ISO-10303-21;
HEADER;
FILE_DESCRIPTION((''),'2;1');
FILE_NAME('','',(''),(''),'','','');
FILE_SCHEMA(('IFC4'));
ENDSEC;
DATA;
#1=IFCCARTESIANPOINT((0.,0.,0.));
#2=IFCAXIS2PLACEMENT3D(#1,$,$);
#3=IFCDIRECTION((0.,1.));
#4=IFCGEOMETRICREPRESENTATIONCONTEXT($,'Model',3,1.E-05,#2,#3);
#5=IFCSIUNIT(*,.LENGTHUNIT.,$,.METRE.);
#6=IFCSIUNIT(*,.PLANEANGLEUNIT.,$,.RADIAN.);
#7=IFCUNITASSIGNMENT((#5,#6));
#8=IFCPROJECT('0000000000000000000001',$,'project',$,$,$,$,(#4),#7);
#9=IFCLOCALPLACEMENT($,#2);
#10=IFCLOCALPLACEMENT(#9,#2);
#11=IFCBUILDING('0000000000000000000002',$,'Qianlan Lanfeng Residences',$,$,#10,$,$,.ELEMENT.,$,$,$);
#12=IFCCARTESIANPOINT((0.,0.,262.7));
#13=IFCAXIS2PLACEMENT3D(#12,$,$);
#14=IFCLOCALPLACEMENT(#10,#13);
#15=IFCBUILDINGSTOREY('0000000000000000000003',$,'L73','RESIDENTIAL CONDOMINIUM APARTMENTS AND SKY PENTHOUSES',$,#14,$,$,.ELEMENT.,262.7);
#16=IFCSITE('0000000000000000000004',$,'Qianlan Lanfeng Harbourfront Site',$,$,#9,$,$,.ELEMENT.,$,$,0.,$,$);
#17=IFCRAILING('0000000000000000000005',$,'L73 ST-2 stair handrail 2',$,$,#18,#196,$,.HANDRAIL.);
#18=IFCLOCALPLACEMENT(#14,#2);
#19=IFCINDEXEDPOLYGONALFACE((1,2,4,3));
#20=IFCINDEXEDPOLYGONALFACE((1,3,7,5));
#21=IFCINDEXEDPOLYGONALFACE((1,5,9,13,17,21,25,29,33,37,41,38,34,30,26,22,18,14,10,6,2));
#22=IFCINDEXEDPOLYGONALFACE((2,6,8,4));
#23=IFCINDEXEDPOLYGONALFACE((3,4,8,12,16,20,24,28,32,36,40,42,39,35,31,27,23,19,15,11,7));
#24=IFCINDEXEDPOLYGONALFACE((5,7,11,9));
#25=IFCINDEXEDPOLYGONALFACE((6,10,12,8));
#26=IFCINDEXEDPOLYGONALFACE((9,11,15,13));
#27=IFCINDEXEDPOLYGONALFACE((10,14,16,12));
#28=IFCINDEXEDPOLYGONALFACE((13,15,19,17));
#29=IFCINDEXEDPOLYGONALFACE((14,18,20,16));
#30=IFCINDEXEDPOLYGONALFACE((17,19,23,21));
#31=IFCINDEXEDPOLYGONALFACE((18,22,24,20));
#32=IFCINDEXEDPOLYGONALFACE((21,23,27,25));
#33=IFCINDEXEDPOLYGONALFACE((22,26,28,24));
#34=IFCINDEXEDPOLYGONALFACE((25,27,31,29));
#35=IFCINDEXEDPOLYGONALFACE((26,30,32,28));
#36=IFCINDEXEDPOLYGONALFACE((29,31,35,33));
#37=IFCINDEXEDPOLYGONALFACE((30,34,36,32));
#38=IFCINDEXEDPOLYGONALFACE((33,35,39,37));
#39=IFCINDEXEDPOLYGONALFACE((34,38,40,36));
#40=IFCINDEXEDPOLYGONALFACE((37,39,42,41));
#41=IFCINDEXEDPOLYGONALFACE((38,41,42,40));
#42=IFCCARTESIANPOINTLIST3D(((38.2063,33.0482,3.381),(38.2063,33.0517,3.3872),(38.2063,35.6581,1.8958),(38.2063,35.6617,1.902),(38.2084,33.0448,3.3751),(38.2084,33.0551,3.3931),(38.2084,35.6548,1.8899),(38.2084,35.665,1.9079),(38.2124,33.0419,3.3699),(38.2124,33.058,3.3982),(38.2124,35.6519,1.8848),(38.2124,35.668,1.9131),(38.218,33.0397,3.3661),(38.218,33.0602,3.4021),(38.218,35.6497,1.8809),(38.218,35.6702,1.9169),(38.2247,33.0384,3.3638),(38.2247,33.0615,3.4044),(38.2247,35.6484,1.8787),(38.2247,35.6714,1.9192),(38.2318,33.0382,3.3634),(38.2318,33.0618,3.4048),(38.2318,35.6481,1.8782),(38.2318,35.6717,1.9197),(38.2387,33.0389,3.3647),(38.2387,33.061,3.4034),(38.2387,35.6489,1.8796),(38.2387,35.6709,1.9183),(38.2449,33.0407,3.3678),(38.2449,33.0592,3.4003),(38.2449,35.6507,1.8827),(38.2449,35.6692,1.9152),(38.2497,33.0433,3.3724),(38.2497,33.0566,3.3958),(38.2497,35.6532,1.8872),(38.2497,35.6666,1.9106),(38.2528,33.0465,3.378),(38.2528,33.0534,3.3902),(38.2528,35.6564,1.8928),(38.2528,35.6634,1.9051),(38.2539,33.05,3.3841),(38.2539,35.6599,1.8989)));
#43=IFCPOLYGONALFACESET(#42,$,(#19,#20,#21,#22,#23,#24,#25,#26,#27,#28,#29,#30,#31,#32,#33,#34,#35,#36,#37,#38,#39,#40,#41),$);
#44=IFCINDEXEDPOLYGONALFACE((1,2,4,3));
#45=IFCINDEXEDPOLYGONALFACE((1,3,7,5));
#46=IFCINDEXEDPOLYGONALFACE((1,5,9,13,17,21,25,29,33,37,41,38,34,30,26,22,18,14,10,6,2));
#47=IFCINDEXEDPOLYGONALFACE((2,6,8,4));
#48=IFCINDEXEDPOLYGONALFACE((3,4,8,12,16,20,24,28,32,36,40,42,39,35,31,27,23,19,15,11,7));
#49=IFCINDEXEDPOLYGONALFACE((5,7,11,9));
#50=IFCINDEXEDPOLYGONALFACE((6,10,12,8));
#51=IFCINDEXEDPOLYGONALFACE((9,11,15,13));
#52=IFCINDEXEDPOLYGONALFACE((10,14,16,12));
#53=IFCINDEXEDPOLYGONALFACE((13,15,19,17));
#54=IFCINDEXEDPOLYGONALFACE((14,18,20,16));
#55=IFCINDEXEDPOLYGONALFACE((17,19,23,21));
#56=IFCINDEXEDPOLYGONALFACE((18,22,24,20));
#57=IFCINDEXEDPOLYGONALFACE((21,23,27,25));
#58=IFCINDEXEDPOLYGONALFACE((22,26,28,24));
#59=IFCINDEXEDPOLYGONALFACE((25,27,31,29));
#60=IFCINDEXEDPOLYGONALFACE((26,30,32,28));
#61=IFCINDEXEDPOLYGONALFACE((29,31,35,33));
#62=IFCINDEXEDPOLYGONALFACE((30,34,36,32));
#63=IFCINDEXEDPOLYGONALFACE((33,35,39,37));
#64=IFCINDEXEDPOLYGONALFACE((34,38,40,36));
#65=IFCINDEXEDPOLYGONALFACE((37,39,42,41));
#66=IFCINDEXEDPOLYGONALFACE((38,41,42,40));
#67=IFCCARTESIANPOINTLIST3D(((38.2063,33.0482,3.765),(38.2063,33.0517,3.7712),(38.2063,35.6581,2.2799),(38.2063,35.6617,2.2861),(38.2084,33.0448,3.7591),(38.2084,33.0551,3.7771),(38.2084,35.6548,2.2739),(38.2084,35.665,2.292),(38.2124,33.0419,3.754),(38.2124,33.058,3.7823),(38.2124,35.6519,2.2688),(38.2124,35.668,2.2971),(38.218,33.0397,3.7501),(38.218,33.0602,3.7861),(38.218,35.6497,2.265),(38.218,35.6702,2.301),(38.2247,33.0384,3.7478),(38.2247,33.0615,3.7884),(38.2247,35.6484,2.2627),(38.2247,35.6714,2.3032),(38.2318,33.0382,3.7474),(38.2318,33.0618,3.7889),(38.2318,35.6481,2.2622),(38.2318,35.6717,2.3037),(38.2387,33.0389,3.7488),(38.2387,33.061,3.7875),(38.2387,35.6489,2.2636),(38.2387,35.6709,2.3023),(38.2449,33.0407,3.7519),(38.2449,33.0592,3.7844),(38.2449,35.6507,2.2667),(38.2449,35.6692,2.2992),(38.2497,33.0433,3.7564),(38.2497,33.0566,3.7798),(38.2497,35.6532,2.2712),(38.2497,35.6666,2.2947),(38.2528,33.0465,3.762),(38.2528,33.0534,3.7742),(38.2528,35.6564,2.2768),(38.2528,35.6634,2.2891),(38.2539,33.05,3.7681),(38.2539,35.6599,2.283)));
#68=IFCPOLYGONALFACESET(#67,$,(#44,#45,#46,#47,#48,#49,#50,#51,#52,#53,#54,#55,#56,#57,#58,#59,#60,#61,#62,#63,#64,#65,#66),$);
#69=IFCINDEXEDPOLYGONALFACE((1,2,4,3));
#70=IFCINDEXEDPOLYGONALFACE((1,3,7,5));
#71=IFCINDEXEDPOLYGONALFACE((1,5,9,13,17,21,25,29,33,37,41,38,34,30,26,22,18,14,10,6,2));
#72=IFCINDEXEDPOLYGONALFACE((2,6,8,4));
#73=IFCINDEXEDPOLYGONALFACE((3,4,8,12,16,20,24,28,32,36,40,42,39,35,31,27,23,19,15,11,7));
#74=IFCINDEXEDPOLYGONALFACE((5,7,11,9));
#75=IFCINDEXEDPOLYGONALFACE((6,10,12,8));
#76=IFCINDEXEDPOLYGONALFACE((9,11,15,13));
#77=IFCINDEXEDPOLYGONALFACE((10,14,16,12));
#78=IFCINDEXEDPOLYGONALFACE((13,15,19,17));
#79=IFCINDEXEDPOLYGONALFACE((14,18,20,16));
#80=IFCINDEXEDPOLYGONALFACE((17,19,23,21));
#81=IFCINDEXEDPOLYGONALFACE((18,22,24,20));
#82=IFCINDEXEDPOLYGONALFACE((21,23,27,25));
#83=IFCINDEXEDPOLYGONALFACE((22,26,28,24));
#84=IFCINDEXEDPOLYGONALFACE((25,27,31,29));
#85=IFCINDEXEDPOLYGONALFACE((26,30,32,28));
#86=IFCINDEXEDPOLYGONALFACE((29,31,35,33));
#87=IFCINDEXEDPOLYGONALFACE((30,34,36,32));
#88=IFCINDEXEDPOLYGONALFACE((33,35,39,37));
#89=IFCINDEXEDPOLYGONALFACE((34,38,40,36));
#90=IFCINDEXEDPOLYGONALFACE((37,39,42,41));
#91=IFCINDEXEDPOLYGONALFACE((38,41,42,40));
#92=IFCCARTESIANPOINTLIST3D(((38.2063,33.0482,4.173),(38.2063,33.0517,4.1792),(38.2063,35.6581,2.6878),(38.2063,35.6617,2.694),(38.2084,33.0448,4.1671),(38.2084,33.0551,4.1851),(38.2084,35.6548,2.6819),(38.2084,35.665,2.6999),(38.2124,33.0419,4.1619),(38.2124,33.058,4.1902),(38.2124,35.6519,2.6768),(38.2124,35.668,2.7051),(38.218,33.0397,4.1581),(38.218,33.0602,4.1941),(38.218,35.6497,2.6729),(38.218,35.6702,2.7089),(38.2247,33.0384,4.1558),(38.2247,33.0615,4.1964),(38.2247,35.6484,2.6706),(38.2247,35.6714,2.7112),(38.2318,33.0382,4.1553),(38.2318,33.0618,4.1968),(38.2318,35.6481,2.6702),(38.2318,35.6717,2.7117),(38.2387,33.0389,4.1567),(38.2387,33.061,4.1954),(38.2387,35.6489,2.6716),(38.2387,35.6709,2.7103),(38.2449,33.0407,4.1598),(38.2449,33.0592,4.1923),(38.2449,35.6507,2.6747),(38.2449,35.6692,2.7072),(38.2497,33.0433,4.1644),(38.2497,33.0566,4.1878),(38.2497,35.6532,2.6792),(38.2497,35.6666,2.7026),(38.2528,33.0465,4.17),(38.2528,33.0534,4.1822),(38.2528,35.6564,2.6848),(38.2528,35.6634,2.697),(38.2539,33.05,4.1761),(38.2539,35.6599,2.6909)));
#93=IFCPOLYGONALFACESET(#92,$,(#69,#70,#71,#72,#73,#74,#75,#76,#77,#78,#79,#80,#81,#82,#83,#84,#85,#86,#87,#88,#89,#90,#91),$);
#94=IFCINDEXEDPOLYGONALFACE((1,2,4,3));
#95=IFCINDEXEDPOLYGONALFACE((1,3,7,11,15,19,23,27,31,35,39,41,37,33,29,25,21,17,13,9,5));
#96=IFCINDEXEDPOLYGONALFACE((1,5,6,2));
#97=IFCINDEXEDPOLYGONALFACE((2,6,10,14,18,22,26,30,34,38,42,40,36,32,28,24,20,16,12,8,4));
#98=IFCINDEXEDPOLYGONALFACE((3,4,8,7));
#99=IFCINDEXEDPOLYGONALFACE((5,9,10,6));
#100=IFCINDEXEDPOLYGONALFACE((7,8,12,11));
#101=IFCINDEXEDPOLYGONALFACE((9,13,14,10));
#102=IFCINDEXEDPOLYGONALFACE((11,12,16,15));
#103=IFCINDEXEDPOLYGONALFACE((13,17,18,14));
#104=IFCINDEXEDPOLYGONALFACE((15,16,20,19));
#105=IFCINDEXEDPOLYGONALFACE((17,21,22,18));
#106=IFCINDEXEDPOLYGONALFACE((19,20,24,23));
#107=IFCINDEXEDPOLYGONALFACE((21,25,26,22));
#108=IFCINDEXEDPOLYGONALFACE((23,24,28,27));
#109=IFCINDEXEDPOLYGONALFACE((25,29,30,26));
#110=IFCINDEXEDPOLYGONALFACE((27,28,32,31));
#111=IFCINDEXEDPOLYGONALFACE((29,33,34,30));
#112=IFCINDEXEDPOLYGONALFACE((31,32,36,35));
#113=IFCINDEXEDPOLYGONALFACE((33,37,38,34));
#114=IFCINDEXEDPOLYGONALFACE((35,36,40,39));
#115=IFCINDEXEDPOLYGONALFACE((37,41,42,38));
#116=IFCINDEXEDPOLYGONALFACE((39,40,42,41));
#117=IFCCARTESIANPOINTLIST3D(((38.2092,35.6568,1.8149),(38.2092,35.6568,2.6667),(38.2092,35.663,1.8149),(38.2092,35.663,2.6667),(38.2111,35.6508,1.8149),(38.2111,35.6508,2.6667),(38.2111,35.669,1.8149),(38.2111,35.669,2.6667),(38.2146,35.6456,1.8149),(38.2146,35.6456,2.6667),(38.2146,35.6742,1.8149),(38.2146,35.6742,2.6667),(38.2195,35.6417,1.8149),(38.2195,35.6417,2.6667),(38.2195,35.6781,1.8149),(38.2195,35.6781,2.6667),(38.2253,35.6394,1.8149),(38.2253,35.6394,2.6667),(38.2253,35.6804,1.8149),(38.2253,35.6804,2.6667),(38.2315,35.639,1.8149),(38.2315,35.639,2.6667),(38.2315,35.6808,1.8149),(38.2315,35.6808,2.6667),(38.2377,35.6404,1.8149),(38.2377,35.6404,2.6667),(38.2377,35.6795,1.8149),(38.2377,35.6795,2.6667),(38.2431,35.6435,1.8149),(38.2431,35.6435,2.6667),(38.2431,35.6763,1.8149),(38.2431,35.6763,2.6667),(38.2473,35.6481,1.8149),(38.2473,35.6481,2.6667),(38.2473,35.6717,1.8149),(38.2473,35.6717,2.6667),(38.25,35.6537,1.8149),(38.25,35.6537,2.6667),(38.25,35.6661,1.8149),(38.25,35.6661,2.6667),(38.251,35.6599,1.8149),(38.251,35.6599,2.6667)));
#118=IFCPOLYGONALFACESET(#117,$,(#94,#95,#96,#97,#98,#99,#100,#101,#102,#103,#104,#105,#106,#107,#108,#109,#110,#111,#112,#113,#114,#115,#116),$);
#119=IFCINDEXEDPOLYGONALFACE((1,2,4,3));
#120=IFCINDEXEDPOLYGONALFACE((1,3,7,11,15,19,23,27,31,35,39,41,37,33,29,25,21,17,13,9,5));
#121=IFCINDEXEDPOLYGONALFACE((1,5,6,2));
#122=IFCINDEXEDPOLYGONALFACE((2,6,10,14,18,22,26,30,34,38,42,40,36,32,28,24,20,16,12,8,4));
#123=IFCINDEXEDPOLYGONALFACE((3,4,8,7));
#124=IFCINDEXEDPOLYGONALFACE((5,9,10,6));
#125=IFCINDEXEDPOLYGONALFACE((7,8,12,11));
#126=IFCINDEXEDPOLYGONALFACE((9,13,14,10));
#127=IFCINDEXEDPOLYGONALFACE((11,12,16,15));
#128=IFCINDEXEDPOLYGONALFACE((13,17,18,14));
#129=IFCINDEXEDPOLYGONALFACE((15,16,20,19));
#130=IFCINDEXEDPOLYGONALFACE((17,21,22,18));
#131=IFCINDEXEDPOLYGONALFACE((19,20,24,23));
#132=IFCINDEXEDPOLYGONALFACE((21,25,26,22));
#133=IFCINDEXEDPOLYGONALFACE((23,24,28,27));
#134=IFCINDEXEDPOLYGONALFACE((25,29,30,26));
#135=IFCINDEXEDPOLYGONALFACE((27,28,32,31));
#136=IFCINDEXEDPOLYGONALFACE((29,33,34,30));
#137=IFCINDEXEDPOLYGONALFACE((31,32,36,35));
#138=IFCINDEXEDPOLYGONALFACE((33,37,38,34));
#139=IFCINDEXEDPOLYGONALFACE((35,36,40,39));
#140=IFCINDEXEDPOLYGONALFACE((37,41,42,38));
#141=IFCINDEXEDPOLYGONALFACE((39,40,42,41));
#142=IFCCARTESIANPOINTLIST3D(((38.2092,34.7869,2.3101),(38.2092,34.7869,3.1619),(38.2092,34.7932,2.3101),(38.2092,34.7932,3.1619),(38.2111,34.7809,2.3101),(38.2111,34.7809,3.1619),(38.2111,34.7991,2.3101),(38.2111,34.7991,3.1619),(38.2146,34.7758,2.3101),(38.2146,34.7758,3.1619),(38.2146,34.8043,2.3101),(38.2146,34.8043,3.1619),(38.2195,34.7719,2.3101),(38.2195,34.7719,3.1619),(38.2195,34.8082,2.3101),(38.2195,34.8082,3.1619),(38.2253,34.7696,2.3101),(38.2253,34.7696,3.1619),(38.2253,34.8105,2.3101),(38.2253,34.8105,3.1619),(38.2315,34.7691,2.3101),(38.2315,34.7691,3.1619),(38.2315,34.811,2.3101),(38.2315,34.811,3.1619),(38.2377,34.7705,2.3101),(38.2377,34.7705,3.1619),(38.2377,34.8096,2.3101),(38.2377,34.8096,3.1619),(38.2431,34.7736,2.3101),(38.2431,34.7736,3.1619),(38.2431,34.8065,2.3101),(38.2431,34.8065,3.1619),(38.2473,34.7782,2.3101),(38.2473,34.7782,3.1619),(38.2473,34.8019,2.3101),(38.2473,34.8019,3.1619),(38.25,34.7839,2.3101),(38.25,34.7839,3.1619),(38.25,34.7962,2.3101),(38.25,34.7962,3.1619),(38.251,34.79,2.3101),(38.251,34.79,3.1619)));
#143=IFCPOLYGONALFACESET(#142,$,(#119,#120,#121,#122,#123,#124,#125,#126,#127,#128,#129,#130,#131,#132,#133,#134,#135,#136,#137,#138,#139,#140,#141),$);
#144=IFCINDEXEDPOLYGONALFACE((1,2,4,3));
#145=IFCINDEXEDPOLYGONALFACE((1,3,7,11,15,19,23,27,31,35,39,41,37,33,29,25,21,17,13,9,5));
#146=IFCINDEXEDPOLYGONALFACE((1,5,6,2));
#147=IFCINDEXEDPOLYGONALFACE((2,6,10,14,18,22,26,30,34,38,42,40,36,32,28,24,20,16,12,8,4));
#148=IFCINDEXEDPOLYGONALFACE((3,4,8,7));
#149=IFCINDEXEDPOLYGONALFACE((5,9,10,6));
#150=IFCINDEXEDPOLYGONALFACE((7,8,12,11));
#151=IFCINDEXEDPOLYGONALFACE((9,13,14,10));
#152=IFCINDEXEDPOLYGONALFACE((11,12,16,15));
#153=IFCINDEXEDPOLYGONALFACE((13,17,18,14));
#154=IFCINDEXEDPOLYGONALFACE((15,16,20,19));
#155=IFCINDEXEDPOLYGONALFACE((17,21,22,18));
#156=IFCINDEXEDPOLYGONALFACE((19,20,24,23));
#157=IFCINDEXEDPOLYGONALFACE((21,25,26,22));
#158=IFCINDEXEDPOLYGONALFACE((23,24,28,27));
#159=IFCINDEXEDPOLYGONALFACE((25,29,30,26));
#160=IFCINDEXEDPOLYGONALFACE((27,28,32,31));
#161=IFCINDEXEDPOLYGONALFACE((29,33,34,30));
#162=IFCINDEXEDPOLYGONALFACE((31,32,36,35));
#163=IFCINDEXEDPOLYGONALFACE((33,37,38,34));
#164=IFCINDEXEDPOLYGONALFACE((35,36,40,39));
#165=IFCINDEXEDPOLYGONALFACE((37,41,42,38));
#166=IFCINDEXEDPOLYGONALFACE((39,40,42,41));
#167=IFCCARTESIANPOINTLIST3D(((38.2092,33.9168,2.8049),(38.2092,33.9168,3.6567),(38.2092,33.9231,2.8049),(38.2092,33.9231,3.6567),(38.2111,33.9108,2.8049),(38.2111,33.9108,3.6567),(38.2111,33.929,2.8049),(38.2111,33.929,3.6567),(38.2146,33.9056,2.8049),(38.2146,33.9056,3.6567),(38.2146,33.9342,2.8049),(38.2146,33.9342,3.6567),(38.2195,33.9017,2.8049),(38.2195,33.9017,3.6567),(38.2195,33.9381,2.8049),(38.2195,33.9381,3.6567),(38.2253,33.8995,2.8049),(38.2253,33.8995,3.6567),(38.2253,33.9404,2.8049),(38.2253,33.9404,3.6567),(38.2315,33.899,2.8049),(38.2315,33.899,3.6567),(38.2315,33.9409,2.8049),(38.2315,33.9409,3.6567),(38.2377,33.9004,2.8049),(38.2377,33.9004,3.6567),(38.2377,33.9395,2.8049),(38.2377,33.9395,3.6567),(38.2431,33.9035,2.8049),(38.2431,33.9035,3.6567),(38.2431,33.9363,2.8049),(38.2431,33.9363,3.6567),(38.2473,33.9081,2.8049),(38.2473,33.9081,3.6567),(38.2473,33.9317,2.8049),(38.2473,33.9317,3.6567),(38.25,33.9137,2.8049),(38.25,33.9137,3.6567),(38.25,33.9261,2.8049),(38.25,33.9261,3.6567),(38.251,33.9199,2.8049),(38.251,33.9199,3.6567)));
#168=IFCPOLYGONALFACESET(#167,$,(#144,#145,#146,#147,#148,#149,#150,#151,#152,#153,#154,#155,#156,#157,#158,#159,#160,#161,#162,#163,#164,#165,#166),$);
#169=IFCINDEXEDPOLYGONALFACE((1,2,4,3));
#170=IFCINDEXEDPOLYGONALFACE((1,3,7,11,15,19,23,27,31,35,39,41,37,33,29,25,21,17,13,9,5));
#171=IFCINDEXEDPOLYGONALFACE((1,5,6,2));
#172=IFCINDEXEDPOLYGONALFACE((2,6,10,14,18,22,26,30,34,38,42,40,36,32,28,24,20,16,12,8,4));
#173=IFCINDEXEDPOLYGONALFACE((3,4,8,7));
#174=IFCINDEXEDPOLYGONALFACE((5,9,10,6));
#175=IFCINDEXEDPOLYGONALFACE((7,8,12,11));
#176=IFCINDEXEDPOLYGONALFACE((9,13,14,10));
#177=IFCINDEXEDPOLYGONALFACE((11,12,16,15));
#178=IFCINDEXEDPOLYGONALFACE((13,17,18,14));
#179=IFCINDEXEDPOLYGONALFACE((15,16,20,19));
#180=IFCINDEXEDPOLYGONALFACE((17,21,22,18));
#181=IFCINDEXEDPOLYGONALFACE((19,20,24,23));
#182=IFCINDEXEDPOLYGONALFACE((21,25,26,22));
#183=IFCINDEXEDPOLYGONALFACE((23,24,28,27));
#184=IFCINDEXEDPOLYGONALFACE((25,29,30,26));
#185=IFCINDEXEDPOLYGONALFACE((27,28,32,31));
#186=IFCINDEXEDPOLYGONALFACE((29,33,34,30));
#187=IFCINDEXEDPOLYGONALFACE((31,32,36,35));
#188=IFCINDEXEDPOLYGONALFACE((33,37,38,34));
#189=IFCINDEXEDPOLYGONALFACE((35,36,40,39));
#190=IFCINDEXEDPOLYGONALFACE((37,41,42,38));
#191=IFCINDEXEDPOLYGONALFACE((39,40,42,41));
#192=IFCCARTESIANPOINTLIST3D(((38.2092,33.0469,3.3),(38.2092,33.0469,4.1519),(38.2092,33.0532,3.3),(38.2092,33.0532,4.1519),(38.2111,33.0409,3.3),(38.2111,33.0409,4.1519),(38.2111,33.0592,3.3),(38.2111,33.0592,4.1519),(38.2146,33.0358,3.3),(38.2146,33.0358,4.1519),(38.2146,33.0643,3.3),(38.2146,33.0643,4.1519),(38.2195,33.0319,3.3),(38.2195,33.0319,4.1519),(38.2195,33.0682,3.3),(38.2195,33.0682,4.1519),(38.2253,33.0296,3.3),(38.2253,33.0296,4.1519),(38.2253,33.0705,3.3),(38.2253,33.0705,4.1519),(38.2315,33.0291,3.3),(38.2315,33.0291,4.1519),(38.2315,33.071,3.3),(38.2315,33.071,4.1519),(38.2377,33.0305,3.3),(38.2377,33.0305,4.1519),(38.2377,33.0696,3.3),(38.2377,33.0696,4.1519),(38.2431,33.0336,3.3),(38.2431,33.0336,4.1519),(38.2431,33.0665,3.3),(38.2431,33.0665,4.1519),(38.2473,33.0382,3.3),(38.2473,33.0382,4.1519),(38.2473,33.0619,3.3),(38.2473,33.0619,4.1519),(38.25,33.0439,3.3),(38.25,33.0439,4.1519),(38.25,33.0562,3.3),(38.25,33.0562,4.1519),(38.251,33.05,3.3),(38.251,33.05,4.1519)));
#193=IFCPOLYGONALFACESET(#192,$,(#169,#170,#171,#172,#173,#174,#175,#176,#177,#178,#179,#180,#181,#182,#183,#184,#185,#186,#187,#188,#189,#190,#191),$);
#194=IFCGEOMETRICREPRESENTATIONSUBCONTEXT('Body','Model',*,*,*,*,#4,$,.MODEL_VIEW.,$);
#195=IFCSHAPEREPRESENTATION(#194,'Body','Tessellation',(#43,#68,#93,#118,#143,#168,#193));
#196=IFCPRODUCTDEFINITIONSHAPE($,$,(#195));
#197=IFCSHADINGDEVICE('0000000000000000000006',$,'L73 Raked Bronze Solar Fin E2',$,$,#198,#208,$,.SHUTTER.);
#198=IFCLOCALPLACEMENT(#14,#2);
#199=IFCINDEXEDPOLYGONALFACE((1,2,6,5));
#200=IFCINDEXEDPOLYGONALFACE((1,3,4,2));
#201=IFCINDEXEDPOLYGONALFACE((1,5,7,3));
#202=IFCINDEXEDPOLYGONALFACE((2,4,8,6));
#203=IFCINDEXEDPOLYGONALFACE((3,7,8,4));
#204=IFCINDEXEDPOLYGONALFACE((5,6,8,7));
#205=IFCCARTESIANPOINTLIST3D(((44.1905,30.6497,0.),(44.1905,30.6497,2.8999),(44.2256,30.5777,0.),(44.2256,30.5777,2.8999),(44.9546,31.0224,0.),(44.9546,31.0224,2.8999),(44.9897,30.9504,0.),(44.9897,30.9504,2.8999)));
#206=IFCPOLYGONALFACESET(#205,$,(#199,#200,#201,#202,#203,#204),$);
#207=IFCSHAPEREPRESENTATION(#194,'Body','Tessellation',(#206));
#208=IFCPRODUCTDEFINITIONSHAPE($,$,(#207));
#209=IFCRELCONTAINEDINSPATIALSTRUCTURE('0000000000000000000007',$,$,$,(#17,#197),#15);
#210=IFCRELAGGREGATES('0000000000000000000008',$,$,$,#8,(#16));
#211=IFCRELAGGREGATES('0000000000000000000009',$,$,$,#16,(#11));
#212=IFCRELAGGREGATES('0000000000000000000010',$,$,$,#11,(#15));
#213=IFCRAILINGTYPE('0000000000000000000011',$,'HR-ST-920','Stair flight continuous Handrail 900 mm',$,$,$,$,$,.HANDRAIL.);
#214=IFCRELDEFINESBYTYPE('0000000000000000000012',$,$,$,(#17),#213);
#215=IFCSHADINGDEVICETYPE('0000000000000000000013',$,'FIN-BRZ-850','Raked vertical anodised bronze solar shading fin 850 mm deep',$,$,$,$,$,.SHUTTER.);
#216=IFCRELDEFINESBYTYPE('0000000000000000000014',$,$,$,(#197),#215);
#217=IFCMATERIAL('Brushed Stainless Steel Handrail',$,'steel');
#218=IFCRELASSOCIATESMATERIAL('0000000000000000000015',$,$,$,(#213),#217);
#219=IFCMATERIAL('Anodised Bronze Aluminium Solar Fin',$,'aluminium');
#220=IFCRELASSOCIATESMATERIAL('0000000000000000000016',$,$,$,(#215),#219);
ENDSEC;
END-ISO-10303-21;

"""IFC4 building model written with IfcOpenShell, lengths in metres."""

from ifc_helpers import new_model, si_unit, direction, frame, origin, origin_2d, place, context, subcontext, project, spatial, rectangle, circle, extrude, source, transform, mapped, material, type_object, element, save


model = new_model("IFC4")

# Units and contexts
model_context = context("Model", 3, precision=1e-05, world=origin(), true_north=direction((0.0, 1.0)))
body_context = subcontext(model_context, "Body", "Model", "MODEL_VIEW")
ifc_project = project(units=[si_unit("LENGTHUNIT", "METRE"), si_unit("PLANEANGLEUNIT", "RADIAN")], contexts=[model_context])

# Site, building, storey
site_placement = place(None, origin())
site = spatial("IfcSite", under=ifc_project, at=site_placement, Name="Qianlan Lanfeng Harbourfront Site", CompositionType="ELEMENT", RefElevation=0.0)
building_placement = place(site_placement, origin())
building = spatial("IfcBuilding", under=site, at=building_placement, Name="Qianlan Lanfeng Residences", CompositionType="ELEMENT")
storey_placement = place(building_placement, frame((0.0, 0.0, 262.7)))
storey = spatial("IfcBuildingStorey", under=building, at=storey_placement, Name="L73", Description="RESIDENTIAL CONDOMINIUM APARTMENTS AND SKY PENTHOUSES", CompositionType="ELEMENT", Elevation=262.7)

# Railing
ifc_material_1 = material(Name="Brushed Stainless Steel Handrail", Category="steel")
railing_type_1 = type_object("IfcRailingType", Name="HR-ST-920", Description="Stair flight continuous Handrail 900 mm", PredefinedType="HANDRAIL", material=ifc_material_1)
railing_1_placement = place(storey_placement, frame((38.23, 35.6599, 1.8149)))
element("IfcRailing", 1, at=railing_1_placement, inside=storey, type_object=railing_type_1, Name="L73 ST-2 stair handrail 2", PredefinedType="HANDRAIL", context=body_context, shape_type="SweptSolid", body=[
    extrude(circle(Radius=0.0239, at=origin_2d()), frame((0.0, 0.0, 0.084), z_axis=(0.0, -0.869137, 0.494571), x_axis=(1.0, 0.0, 0.0)), (0.0, 0.0, 1.0), 3.0029),
    extrude(circle(Radius=0.0239, at=origin_2d()), frame((0.0, 0.0, 0.468), z_axis=(0.0, -0.869137, 0.494571), x_axis=(1.0, 0.0, 0.0)), (0.0, 0.0, 1.0), 3.0029),
    extrude(circle(Radius=0.0239, at=origin_2d()), frame((0.0, 0.0, 0.876), z_axis=(0.0, -0.869137, 0.494571), x_axis=(1.0, 0.0, 0.0)), (0.0, 0.0, 1.0), 3.0029),
    extrude(circle(Radius=0.021, at=origin_2d()), origin(), (0.0, 0.0, 1.0), 0.8518),
    extrude(circle(Radius=0.021, at=origin_2d()), frame((0.0, -0.8699, 0.4951)), (0.0, 0.0, 1.0), 0.8518),
    extrude(circle(Radius=0.021, at=origin_2d()), frame((0.0, -1.74, 0.99)), (0.0, 0.0, 1.0), 0.8518),
    extrude(circle(Radius=0.021, at=origin_2d()), frame((0.0, -2.6099, 1.4851)), (0.0, 0.0, 1.0), 0.8518),
])

# Shading device
ifc_material_2 = material(Name="Anodised Bronze Aluminium Solar Fin", Category="aluminium")
shading_device_type = type_object("IfcShadingDeviceType", Name="FIN-BRZ-850", Description="Raked vertical anodised bronze solar shading fin 850 mm deep", PredefinedType="SHUTTER", material=ifc_material_2)
shared_shape = source(origin(), body_context, "Body", "SweptSolid", [
    extrude(rectangle(XDim=0.8501, YDim=0.0801, at=origin_2d()), origin(), (0.0, 0.0, 1.0), 2.8999),
])
shading_device_placement = place(storey_placement, frame((44.5901, 30.8, 0.0), z_axis=(0.0, 0.0, 1.0), x_axis=(0.898794, 0.438371, 0.0)))
element("IfcShadingDevice", 2, at=shading_device_placement, inside=storey, type_object=shading_device_type, Name="L73 Raked Bronze Solar Fin E2", PredefinedType="SHUTTER", context=body_context, shape_type="MappedRepresentation", body=[
    mapped(shared_shape, transform((0.0, 0.0, 0.0), scale=1.0)),
])

save(model, "model.ifc")
